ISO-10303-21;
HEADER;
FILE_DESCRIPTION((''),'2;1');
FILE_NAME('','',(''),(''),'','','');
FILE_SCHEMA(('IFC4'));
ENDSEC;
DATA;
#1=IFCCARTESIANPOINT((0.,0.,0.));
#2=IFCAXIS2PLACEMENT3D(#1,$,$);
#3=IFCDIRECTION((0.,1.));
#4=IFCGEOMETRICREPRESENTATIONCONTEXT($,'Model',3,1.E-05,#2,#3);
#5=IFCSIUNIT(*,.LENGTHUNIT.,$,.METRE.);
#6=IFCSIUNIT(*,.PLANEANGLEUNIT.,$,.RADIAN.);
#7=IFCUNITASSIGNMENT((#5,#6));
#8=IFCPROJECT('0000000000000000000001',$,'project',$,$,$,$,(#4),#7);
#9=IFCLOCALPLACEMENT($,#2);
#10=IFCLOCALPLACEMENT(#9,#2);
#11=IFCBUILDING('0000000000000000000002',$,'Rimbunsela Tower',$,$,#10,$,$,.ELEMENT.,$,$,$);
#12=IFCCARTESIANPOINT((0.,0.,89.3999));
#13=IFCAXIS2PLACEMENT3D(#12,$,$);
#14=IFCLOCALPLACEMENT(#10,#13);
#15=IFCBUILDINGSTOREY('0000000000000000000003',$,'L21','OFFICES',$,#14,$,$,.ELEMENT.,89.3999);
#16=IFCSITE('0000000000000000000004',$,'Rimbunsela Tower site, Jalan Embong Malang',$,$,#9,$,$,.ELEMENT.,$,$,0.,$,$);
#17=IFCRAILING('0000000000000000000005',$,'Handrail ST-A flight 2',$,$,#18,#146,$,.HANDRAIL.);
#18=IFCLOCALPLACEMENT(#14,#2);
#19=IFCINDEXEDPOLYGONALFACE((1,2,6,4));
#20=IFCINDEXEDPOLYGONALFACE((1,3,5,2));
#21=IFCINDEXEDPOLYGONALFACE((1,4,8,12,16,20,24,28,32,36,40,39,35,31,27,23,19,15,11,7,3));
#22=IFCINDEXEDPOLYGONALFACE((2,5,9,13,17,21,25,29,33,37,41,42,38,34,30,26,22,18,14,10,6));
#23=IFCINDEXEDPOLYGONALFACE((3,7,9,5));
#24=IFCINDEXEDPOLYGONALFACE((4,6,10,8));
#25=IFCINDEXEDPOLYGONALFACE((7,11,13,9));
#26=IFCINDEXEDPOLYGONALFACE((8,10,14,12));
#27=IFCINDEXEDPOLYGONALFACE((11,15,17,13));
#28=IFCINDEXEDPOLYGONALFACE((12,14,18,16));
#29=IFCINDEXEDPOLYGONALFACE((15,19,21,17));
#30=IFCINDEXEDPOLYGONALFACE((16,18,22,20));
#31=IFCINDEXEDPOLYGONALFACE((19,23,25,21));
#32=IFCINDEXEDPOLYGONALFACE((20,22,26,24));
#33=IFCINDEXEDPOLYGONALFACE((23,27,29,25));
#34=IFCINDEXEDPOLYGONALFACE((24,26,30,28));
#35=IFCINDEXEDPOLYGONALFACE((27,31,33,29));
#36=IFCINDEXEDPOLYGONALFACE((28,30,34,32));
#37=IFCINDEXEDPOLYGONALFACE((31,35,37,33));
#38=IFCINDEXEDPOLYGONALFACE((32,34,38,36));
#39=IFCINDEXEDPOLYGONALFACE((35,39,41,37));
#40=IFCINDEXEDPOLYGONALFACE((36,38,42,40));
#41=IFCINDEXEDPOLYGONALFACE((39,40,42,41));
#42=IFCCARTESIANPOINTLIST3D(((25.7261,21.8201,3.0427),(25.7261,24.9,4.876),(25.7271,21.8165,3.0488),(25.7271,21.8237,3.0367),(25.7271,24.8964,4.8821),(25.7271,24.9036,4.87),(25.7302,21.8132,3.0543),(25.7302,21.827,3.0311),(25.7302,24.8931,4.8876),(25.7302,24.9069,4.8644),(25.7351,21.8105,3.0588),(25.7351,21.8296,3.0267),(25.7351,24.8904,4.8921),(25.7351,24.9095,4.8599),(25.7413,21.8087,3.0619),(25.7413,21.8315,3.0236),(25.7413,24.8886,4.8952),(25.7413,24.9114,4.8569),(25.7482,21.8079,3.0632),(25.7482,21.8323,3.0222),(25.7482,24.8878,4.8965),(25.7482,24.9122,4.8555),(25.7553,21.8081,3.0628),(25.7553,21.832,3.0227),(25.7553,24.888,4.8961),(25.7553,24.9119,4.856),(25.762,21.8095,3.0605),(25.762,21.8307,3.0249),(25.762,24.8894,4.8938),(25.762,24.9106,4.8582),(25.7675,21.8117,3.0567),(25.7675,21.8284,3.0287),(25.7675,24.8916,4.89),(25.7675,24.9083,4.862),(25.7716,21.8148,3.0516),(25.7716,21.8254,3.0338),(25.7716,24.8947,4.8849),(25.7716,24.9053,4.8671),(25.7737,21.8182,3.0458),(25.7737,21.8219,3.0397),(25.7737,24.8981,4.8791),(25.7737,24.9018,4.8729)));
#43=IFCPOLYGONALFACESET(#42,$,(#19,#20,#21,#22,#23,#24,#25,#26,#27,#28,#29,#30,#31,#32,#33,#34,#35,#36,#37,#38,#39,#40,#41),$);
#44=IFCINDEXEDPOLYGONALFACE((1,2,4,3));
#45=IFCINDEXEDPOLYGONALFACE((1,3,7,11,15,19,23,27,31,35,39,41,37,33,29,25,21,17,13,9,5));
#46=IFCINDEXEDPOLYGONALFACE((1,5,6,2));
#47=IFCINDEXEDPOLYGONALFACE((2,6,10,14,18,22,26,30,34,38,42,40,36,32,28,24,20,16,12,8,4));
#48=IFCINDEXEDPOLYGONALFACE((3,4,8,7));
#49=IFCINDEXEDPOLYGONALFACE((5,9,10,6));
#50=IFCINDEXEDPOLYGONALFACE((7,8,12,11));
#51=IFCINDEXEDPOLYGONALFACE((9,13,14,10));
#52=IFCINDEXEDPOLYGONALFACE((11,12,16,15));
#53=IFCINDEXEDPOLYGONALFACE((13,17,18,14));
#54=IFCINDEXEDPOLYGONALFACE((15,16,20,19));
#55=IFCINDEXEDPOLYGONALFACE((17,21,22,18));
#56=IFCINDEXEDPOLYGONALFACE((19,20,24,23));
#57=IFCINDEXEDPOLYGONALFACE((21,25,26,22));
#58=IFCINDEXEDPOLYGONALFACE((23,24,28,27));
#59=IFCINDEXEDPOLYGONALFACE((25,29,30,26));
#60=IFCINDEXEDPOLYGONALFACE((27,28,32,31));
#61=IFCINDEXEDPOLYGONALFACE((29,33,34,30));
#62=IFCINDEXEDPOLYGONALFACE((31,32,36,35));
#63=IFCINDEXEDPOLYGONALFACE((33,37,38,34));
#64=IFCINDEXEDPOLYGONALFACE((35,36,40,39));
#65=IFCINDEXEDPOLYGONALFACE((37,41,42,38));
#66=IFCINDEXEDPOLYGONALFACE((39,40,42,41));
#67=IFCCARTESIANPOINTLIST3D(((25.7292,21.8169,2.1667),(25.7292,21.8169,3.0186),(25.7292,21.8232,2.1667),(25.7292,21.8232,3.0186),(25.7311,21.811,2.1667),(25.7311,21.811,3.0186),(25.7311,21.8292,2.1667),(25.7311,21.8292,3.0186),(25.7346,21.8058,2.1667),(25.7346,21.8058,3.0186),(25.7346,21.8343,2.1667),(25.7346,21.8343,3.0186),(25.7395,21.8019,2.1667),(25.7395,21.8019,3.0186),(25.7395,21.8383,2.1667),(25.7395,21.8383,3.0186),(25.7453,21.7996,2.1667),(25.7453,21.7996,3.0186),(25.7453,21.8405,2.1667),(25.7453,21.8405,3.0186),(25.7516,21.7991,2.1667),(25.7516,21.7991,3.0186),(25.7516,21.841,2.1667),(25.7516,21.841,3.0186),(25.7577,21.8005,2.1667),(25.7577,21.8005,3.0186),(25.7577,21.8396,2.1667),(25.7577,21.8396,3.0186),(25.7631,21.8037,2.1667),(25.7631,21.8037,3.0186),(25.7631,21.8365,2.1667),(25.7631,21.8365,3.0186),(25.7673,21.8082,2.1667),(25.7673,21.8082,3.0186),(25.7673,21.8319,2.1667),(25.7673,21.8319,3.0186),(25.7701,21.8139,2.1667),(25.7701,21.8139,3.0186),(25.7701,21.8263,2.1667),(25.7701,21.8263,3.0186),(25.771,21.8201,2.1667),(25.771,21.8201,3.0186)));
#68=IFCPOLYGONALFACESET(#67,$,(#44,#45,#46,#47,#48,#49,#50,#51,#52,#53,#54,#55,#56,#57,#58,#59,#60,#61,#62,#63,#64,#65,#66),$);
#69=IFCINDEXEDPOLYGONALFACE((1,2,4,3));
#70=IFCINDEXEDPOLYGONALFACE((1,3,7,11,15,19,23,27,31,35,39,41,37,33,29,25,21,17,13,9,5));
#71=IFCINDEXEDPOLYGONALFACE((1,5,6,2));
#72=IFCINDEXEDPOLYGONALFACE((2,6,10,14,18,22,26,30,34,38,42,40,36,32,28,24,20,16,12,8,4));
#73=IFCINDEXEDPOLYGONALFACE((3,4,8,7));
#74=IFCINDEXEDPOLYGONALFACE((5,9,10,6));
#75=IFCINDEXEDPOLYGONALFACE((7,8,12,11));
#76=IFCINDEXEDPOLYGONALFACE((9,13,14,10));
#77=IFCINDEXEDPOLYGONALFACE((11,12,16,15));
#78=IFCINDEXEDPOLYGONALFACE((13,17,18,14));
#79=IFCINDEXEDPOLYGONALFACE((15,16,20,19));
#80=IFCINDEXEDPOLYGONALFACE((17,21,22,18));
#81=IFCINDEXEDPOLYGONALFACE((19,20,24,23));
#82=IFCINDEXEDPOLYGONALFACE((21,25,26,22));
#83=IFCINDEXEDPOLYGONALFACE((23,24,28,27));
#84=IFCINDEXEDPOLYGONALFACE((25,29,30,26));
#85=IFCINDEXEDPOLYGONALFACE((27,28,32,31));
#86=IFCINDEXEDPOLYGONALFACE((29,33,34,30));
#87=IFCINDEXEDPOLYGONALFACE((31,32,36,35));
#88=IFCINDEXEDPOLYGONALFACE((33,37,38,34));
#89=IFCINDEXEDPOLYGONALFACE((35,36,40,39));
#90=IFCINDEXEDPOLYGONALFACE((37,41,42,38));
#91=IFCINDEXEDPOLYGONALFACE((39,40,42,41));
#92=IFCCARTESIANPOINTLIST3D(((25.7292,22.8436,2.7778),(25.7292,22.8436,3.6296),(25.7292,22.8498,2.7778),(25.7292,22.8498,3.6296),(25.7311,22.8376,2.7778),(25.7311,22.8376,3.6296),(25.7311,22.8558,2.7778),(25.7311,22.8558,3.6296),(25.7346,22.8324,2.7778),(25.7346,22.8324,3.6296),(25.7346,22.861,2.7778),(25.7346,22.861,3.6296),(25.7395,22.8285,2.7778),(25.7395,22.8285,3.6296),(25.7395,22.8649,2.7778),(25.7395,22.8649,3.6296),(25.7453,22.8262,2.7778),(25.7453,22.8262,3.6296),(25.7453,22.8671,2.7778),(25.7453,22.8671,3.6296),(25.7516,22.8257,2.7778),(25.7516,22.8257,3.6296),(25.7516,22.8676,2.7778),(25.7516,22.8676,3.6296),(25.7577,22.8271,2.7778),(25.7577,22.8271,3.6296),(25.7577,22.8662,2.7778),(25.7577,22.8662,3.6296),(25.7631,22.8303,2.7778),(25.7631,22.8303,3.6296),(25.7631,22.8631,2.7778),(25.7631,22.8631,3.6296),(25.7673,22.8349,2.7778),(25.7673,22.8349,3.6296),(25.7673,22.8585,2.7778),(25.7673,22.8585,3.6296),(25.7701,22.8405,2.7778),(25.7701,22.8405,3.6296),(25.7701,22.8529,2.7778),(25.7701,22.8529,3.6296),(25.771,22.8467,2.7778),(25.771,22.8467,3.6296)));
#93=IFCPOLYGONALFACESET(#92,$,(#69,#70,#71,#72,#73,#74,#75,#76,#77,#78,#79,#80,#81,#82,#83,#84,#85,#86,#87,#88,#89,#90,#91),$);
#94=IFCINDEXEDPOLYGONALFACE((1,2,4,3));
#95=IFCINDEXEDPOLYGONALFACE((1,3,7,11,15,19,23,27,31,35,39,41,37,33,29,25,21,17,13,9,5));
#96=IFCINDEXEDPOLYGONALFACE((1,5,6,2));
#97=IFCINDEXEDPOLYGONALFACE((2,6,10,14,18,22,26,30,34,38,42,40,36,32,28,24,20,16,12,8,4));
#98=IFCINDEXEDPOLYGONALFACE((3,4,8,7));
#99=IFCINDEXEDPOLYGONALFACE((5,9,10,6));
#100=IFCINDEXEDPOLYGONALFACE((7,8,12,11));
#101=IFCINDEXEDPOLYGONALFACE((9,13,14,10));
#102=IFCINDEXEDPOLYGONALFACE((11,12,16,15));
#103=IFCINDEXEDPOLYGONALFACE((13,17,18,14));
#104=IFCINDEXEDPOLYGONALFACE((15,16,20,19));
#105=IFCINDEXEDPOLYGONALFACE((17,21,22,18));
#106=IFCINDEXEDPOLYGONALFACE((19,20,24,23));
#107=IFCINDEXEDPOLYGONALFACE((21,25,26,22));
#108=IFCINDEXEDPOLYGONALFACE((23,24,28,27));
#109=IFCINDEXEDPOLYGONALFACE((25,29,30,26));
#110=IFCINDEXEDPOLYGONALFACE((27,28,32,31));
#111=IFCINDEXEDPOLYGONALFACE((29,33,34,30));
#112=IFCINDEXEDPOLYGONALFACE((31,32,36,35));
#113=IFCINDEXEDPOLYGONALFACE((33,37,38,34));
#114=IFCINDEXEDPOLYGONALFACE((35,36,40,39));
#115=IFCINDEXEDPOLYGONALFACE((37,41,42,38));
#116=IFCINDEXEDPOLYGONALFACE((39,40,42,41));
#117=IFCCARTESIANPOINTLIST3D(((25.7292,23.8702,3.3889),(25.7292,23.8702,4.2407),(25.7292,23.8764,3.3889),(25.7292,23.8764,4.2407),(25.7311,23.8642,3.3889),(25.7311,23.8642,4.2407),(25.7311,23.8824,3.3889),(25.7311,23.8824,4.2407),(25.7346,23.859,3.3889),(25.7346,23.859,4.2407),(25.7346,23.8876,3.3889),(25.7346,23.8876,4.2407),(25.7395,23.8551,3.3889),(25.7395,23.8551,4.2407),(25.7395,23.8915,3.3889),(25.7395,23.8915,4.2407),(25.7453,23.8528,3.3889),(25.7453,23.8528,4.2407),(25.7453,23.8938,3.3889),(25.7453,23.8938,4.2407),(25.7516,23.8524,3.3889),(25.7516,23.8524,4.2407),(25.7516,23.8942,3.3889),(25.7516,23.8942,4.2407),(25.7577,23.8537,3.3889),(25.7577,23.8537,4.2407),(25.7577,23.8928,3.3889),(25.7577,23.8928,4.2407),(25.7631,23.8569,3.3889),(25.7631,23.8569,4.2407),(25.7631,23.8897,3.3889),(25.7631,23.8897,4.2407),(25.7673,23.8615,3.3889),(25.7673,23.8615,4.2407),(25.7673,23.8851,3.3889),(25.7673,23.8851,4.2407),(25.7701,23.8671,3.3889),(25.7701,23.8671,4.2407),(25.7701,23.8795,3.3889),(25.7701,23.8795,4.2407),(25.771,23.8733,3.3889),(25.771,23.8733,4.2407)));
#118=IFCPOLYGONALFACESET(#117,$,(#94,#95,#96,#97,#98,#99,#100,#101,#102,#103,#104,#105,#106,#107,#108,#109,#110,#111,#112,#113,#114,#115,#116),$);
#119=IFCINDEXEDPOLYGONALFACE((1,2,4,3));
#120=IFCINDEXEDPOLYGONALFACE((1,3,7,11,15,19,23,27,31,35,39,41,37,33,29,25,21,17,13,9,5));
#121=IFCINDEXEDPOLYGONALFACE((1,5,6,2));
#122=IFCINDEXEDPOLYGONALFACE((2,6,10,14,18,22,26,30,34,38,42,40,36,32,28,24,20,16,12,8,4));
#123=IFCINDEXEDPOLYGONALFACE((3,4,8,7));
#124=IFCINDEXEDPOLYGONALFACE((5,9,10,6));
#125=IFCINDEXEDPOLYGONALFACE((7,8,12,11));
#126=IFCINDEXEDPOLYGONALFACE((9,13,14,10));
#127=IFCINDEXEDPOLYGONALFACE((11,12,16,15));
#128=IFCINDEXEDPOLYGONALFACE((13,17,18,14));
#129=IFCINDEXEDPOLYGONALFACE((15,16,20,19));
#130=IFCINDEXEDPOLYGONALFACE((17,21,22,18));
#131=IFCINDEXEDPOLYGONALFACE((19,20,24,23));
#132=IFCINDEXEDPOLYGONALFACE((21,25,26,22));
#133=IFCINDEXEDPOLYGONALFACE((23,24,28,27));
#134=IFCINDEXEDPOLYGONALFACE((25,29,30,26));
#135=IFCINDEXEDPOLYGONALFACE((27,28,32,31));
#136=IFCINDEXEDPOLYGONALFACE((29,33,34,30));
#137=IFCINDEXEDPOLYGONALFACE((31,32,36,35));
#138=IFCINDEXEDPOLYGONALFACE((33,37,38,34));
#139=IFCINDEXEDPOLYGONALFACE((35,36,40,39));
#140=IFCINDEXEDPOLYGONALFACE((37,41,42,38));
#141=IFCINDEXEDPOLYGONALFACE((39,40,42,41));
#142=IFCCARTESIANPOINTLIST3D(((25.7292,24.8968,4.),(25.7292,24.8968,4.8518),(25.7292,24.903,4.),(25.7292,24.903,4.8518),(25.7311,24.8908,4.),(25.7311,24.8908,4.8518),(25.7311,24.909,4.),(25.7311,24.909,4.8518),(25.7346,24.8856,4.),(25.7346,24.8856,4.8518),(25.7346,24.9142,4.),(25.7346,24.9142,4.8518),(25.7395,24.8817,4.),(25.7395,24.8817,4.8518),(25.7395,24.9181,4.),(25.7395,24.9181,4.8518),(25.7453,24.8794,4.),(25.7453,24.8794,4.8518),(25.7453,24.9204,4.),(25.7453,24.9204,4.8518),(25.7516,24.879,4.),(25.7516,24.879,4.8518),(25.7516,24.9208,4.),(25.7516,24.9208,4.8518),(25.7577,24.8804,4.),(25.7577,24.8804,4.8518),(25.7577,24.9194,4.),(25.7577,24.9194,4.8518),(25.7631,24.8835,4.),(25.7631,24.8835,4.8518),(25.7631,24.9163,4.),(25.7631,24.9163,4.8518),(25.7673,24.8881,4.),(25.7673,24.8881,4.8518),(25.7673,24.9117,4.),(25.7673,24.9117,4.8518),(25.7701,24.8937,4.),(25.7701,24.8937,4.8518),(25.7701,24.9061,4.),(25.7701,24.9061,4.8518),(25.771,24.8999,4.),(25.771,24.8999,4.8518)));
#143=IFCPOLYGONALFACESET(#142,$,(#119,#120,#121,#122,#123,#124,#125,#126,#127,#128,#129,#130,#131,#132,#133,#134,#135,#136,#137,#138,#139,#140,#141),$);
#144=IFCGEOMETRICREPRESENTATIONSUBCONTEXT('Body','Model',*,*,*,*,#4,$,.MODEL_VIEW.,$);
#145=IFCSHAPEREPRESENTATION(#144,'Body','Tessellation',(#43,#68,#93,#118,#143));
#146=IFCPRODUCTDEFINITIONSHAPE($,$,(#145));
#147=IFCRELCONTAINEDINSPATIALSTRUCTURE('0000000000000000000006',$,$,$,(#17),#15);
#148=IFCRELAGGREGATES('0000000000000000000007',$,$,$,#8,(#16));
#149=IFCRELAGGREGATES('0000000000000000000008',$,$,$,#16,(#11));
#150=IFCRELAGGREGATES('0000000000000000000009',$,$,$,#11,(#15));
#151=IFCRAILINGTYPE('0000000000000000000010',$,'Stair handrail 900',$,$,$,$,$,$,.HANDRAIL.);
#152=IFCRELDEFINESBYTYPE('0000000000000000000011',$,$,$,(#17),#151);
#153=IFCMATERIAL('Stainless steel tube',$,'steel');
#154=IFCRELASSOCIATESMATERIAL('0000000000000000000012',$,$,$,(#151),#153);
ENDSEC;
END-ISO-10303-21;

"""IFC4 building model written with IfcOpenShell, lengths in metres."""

from ifc_helpers import new_model, si_unit, direction, frame, origin, origin_2d, place, context, subcontext, project, spatial, circle, extrude, material, type_object, element, save


model = new_model("IFC4")

# Units and contexts
model_context = context("Model", 3, precision=1e-05, world=origin(), true_north=direction((0.0, 1.0)))
body_context = subcontext(model_context, "Body", "Model", "MODEL_VIEW")
ifc_project = project(units=[si_unit("LENGTHUNIT", "METRE"), si_unit("PLANEANGLEUNIT", "RADIAN")], contexts=[model_context])

# Site, building, storey
site_placement = place(None, origin())
site = spatial("IfcSite", under=ifc_project, at=site_placement, Name="Rimbunsela Tower site, Jalan Embong Malang", CompositionType="ELEMENT", RefElevation=0.0)
building_placement = place(site_placement, origin())
building = spatial("IfcBuilding", under=site, at=building_placement, Name="Rimbunsela Tower", CompositionType="ELEMENT")
storey_placement = place(building_placement, frame((0.0, 0.0, 89.3999)))
storey = spatial("IfcBuildingStorey", under=building, at=storey_placement, Name="L21", Description="OFFICES", CompositionType="ELEMENT", Elevation=89.3999)

# Railing
ifc_material_1 = material(Name="Stainless steel tube", Category="steel")
railing_type = type_object("IfcRailingType", Name="Stair handrail 900", PredefinedType="HANDRAIL", material=ifc_material_1)
railing_1_placement = place(storey_placement, frame((25.75, 21.8201, 2.1667)))
element("IfcRailing", 1, at=railing_1_placement, inside=storey, type_object=railing_type, Name="Handrail ST-A flight 2", PredefinedType="HANDRAIL", context=body_context, shape_type="SweptSolid", body=[
    extrude(circle(Radius=0.0239, at=origin_2d()), frame((0.0, 0.0, 0.876), z_axis=(0.0, 0.859291, 0.511487), x_axis=(-1.0, 0.0, 0.0)), (0.0, 0.0, 1.0), 3.5842),
    extrude(circle(Radius=0.021, at=origin_2d()), origin(), (0.0, 0.0, 1.0), 0.8518),
    extrude(circle(Radius=0.021, at=origin_2d()), frame((0.0, 1.0266, 0.6111)), (0.0, 0.0, 1.0), 0.8518),
    extrude(circle(Radius=0.021, at=origin_2d()), frame((0.0, 2.0532, 1.2222)), (0.0, 0.0, 1.0), 0.8518),
    extrude(circle(Radius=0.021, at=origin_2d()), frame((0.0, 3.0798, 1.8333)), (0.0, 0.0, 1.0), 0.8518),
])

save(model, "model.ifc")
